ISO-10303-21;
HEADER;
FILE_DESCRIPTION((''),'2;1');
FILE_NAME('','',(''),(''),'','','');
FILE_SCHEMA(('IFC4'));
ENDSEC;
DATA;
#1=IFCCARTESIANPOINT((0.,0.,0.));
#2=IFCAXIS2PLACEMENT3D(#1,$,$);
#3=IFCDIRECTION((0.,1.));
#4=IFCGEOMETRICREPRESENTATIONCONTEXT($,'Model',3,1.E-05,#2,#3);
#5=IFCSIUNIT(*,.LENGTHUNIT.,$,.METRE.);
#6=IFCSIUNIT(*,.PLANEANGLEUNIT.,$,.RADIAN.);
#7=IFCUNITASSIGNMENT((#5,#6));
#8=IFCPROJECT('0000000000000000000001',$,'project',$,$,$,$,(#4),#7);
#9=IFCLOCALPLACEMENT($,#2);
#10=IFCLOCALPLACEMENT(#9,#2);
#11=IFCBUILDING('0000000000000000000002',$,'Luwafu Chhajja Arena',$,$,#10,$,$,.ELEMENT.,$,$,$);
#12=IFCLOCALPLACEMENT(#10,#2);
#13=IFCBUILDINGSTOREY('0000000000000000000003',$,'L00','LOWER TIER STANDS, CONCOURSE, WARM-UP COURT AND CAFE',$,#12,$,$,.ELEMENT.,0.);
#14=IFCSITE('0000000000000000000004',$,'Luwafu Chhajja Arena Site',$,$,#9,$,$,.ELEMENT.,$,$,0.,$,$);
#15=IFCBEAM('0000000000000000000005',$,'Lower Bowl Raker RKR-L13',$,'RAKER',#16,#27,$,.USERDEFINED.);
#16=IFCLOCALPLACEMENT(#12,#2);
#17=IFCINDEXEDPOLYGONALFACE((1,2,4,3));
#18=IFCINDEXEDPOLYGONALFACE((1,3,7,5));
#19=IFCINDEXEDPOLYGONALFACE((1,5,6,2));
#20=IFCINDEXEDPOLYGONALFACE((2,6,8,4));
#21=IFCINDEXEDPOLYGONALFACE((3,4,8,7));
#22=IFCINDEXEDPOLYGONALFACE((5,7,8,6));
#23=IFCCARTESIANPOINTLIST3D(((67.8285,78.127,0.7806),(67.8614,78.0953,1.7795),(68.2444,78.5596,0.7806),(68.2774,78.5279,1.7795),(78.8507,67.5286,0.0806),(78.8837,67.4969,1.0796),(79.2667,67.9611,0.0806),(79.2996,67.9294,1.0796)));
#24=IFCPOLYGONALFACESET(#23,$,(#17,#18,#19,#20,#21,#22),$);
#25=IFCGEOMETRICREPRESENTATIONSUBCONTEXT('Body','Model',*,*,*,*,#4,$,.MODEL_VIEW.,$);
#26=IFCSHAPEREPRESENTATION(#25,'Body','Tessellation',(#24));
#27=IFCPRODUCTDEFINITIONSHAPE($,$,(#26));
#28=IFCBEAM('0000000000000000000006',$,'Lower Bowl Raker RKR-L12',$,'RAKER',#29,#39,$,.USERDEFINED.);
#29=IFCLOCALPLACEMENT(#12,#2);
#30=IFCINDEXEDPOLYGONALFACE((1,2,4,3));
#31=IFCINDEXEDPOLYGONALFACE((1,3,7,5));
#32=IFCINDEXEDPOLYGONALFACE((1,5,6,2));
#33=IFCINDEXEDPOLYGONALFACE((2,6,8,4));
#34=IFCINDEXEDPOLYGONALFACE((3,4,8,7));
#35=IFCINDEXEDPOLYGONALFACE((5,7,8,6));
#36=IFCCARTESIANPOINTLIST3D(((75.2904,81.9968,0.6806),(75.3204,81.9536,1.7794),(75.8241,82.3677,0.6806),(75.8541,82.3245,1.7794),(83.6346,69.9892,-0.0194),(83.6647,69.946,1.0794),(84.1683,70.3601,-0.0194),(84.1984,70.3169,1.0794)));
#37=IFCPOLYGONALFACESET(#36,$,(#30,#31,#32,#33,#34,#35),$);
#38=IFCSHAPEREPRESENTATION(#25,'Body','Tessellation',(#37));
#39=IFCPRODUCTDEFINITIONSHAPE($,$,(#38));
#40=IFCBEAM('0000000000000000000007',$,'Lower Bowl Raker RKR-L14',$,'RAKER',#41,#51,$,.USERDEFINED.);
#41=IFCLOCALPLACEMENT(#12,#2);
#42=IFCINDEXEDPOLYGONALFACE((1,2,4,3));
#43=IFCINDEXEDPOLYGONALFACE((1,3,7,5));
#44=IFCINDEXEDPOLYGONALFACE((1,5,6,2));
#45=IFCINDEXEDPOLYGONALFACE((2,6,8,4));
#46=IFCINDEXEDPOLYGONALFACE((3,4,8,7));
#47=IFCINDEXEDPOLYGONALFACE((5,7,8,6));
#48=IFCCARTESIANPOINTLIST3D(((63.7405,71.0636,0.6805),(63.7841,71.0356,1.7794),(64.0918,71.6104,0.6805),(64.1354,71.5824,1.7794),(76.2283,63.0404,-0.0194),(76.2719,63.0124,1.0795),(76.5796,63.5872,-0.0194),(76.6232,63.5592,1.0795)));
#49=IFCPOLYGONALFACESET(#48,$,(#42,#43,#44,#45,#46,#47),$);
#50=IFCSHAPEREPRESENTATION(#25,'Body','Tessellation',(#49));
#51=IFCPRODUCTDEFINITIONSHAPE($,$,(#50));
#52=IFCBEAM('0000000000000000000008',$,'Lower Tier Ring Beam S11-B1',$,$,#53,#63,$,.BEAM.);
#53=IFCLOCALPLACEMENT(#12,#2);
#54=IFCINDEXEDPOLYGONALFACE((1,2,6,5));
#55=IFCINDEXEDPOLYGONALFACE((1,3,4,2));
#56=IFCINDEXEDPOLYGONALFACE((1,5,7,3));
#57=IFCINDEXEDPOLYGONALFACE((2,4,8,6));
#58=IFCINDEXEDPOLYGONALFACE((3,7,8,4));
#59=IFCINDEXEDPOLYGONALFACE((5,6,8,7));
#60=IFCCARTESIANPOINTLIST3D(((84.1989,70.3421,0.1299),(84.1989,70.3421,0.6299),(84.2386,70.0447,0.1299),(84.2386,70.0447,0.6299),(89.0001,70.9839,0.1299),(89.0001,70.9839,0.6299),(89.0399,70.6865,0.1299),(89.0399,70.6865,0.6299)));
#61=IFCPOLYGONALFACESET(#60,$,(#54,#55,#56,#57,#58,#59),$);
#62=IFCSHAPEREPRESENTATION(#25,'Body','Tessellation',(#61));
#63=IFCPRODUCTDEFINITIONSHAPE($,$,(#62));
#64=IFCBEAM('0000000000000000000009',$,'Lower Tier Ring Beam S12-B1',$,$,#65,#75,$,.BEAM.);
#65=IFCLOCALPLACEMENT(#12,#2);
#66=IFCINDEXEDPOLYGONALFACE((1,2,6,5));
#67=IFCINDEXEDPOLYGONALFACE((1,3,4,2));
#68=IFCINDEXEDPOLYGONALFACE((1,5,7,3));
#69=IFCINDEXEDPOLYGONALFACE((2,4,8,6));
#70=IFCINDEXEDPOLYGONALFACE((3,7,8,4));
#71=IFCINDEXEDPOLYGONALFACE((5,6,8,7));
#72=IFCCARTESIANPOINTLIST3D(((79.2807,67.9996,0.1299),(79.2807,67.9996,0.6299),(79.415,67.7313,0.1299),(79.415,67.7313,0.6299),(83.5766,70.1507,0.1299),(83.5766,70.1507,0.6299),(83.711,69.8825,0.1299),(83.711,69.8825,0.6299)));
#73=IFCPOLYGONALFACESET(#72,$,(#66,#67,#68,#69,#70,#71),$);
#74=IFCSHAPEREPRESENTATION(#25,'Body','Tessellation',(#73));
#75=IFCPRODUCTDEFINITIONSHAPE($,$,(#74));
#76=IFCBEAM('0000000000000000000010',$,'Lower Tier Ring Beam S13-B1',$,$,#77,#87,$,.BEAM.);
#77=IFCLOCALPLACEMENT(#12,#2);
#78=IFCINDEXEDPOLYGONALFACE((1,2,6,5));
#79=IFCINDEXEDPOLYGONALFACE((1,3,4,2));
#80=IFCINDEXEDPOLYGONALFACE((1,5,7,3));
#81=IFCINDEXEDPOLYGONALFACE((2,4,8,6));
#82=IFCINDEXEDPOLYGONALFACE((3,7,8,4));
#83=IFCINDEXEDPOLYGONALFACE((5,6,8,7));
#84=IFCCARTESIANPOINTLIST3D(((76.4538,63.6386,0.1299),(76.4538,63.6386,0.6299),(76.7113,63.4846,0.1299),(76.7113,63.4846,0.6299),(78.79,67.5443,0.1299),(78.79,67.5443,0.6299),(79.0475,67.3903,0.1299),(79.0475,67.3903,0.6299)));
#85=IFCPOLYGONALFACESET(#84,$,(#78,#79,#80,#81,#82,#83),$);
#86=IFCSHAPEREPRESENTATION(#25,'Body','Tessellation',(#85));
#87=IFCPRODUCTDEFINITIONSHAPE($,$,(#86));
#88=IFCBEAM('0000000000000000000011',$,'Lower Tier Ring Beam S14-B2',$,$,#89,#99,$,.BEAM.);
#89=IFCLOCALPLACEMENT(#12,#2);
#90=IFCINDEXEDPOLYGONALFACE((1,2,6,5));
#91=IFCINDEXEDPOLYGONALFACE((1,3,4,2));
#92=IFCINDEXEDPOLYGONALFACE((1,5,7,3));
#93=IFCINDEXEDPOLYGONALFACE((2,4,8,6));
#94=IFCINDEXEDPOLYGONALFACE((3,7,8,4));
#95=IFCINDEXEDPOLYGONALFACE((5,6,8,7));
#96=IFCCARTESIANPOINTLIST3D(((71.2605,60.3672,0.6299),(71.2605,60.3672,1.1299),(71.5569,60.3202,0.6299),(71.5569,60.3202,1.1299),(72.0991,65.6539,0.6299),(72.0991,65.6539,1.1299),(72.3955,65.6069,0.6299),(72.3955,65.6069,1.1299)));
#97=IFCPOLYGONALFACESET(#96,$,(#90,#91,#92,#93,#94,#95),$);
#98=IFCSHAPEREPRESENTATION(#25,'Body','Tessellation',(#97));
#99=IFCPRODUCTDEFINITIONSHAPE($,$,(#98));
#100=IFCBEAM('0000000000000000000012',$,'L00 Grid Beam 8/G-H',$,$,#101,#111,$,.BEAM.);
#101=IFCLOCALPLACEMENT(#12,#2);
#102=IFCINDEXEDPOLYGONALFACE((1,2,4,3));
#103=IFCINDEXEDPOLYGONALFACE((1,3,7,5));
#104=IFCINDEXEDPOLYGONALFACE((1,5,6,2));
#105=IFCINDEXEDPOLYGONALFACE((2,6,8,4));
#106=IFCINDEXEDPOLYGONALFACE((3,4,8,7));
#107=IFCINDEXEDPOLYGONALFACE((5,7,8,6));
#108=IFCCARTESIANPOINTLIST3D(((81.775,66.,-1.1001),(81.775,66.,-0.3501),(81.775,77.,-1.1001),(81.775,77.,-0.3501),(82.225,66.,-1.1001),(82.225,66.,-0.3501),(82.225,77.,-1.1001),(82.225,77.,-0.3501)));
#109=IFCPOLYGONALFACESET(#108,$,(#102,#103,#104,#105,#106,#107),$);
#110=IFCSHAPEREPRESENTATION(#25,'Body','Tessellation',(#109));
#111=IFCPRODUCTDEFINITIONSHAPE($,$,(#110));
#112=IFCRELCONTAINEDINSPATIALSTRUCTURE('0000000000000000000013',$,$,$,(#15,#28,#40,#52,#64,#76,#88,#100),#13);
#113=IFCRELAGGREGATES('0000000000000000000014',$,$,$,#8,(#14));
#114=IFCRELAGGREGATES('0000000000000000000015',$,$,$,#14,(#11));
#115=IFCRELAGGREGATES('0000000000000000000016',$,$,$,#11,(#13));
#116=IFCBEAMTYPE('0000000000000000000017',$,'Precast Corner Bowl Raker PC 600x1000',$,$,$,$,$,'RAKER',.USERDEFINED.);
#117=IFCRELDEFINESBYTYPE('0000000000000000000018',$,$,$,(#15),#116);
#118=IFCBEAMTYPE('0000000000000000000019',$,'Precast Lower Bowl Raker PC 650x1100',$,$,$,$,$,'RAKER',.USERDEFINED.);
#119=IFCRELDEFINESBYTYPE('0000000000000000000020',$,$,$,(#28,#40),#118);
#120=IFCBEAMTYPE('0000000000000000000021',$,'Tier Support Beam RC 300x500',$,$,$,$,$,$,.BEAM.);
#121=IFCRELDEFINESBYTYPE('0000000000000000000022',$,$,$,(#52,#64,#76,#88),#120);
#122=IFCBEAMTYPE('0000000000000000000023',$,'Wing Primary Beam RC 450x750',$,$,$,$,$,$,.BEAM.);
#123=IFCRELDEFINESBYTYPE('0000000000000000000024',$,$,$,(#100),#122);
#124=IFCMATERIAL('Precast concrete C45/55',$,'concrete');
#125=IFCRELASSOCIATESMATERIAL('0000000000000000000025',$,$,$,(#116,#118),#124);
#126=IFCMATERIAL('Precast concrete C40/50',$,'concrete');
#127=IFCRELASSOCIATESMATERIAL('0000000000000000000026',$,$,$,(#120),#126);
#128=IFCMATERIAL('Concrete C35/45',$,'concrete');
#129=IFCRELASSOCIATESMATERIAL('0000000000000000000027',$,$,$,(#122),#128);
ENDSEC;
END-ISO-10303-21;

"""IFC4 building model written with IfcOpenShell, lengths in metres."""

from ifc_helpers import new_model, si_unit, direction, frame, origin, origin_2d, place, context, subcontext, project, spatial, rectangle, extrude, material, material_profile, profile_set, type_object, element, save


model = new_model("IFC4")

# Units and contexts
model_context = context("Model", 3, precision=1e-05, world=origin(), true_north=direction((0.0, 1.0)))
body_context = subcontext(model_context, "Body", "Model", "MODEL_VIEW")
ifc_project = project(units=[si_unit("LENGTHUNIT", "METRE"), si_unit("PLANEANGLEUNIT", "RADIAN")], contexts=[model_context])

# Site, building, storey
site_placement = place(None, origin())
site = spatial("IfcSite", under=ifc_project, at=site_placement, Name="Luwafu Chhajja Arena Site", CompositionType="ELEMENT", RefElevation=0.0)
building_placement = place(site_placement, origin())
building = spatial("IfcBuilding", under=site, at=building_placement, Name="Luwafu Chhajja Arena", CompositionType="ELEMENT")
storey_placement = place(building_placement, origin())
storey = spatial("IfcBuildingStorey", under=building, at=storey_placement, Name="L00", Description="LOWER TIER STANDS, CONCOURSE, WARM-UP COURT AND CAFE", CompositionType="ELEMENT", Elevation=0.0)

# Shared definitions
ifc_material_1 = material(Name="Concrete C35/45", Category="concrete")

# Beams
ifc_material_2 = material(Name="Precast concrete C45/55", Category="concrete")
ifc_material_profile_1 = material_profile(ifc_material_2, rectangle(XDim=0.6001, YDim=1.0, at=origin_2d()), Name="PC 600x1000")
ifc_profile_set_1 = profile_set([ifc_material_profile_1], Name="Precast concrete C45/55")
beam_type_1 = type_object("IfcBeamType", Name="Precast Corner Bowl Raker PC 600x1000", ElementType="RAKER", PredefinedType="USERDEFINED", material=ifc_profile_set_1)
beam_1_placement = place(storey_placement, frame((79.0752, 67.729, 0.5801), z_axis=(-0.720076, 0.692387, 0.045727), x_axis=(-0.693112, -0.72083, 0.0)))
element("IfcBeam", 1, at=beam_1_placement, inside=storey, type_object=beam_type_1, Name="Lower Bowl Raker RKR-L13", ObjectType="RAKER", PredefinedType="USERDEFINED", context=body_context, shape_type="SweptSolid", body=[
    extrude(rectangle(XDim=0.6001, YDim=1.0, at=origin_2d()), origin(), (0.0, 0.0, 1.0), 15.3071),
])
ifc_material_profile_2 = material_profile(ifc_material_2, rectangle(XDim=0.6499, YDim=1.1001, at=origin_2d()), Name="PC 650x1100")
ifc_profile_set_2 = profile_set([ifc_material_profile_2], Name="Precast concrete C45/55")
beam_type_2 = type_object("IfcBeamType", Name="Precast Lower Bowl Raker PC 650x1100", ElementType="RAKER", PredefinedType="USERDEFINED", material=ifc_profile_set_2)
beam_2_placement = place(storey_placement, frame((83.9165, 70.1531, 0.53), z_axis=(-0.570004, 0.82025, 0.047814), x_axis=(-0.821189, -0.570656, 0.0)))
element("IfcBeam", 2, at=beam_2_placement, inside=storey, type_object=beam_type_2, Name="Lower Bowl Raker RKR-L12", ObjectType="RAKER", PredefinedType="USERDEFINED", context=body_context, shape_type="SweptSolid", body=[
    extrude(rectangle(XDim=0.6499, YDim=1.1001, at=origin_2d()), origin(), (0.0, 0.0, 1.0), 14.6389),
])
beam_3_placement = place(storey_placement, frame((76.4258, 63.2998, 0.53), z_axis=(-0.840388, 0.539935, 0.047104), x_axis=(-0.540535, -0.841322, 0.0)))
element("IfcBeam", 3, at=beam_3_placement, inside=storey, type_object=beam_type_2, Name="Lower Bowl Raker RKR-L14", ObjectType="RAKER", PredefinedType="USERDEFINED", context=body_context, shape_type="SweptSolid", body=[
    extrude(rectangle(XDim=0.6499, YDim=1.1001, at=origin_2d()), origin(), (0.0, 0.0, 1.0), 14.8596),
])
ifc_material_3 = material(Name="Precast concrete C40/50", Category="concrete")
ifc_material_profile_3 = material_profile(ifc_material_3, rectangle(XDim=0.3, YDim=0.5, at=origin_2d()), Name="RC 300x500")
ifc_profile_set_3 = profile_set([ifc_material_profile_3], Name="Precast concrete C40/50")
beam_type_3 = type_object("IfcBeamType", Name="Tier Support Beam RC 300x500", PredefinedType="BEAM", material=ifc_profile_set_3)
beam_4_placement = place(storey_placement, frame((89.02, 70.8352, 0.3799), z_axis=(-0.991183, -0.132504, 0.0), x_axis=(0.132504, -0.991183, 0.0)))
element("IfcBeam", 4, at=beam_4_placement, inside=storey, type_object=beam_type_3, Name="Lower Tier Ring Beam S11-B1", PredefinedType="BEAM", context=body_context, shape_type="SweptSolid", body=[
    extrude(rectangle(XDim=0.3, YDim=0.5, at=origin_2d()), origin(), (0.0, 0.0, 1.0), 4.844),
])
beam_5_placement = place(storey_placement, frame((83.6438, 70.0166, 0.3799), z_axis=(-0.894163, -0.447742, 0.0), x_axis=(0.447742, -0.894163, 0.0)))
element("IfcBeam", 5, at=beam_5_placement, inside=storey, type_object=beam_type_3, Name="Lower Tier Ring Beam S12-B1", PredefinedType="BEAM", context=body_context, shape_type="SweptSolid", body=[
    extrude(rectangle(XDim=0.3, YDim=0.5, at=origin_2d()), origin(), (0.0, 0.0, 1.0), 4.8044),
])
beam_6_placement = place(storey_placement, frame((78.9187, 67.4673, 0.3799), z_axis=(-0.51332, -0.858197, 0.0), x_axis=(0.858197, -0.51332, 0.0)))
element("IfcBeam", 6, at=beam_6_placement, inside=storey, type_object=beam_type_3, Name="Lower Tier Ring Beam S13-B1", PredefinedType="BEAM", context=body_context, shape_type="SweptSolid", body=[
    extrude(rectangle(XDim=0.3, YDim=0.5, at=origin_2d()), origin(), (0.0, 0.0, 1.0), 4.551),
])
beam_7_placement = place(storey_placement, frame((72.2473, 65.6304, 0.8799), z_axis=(-0.156672, -0.987651, 0.0), x_axis=(0.987651, -0.156672, 0.0)))
element("IfcBeam", 7, at=beam_7_placement, inside=storey, type_object=beam_type_3, Name="Lower Tier Ring Beam S14-B2", PredefinedType="BEAM", context=body_context, shape_type="SweptSolid", body=[
    extrude(rectangle(XDim=0.3, YDim=0.5, at=origin_2d()), origin(), (0.0, 0.0, 1.0), 5.3528),
])
ifc_material_profile_4 = material_profile(ifc_material_1, rectangle(XDim=0.45, YDim=0.75, at=origin_2d()), Name="RC 450x750")
ifc_profile_set_4 = profile_set([ifc_material_profile_4], Name="Concrete C35/45")
beam_type_4 = type_object("IfcBeamType", Name="Wing Primary Beam RC 450x750", PredefinedType="BEAM", material=ifc_profile_set_4)
beam_8_placement = place(storey_placement, frame((82.0, 66.0, -0.7251), z_axis=(0.0, 1.0, 0.0), x_axis=(-1.0, 0.0, 0.0)))
element("IfcBeam", 8, at=beam_8_placement, inside=storey, type_object=beam_type_4, Name="L00 Grid Beam 8/G-H", PredefinedType="BEAM", context=body_context, shape_type="SweptSolid", body=[
    extrude(rectangle(XDim=0.45, YDim=0.75, at=origin_2d()), origin(), (0.0, 0.0, 1.0), 11.0),
])

save(model, "model.ifc")
